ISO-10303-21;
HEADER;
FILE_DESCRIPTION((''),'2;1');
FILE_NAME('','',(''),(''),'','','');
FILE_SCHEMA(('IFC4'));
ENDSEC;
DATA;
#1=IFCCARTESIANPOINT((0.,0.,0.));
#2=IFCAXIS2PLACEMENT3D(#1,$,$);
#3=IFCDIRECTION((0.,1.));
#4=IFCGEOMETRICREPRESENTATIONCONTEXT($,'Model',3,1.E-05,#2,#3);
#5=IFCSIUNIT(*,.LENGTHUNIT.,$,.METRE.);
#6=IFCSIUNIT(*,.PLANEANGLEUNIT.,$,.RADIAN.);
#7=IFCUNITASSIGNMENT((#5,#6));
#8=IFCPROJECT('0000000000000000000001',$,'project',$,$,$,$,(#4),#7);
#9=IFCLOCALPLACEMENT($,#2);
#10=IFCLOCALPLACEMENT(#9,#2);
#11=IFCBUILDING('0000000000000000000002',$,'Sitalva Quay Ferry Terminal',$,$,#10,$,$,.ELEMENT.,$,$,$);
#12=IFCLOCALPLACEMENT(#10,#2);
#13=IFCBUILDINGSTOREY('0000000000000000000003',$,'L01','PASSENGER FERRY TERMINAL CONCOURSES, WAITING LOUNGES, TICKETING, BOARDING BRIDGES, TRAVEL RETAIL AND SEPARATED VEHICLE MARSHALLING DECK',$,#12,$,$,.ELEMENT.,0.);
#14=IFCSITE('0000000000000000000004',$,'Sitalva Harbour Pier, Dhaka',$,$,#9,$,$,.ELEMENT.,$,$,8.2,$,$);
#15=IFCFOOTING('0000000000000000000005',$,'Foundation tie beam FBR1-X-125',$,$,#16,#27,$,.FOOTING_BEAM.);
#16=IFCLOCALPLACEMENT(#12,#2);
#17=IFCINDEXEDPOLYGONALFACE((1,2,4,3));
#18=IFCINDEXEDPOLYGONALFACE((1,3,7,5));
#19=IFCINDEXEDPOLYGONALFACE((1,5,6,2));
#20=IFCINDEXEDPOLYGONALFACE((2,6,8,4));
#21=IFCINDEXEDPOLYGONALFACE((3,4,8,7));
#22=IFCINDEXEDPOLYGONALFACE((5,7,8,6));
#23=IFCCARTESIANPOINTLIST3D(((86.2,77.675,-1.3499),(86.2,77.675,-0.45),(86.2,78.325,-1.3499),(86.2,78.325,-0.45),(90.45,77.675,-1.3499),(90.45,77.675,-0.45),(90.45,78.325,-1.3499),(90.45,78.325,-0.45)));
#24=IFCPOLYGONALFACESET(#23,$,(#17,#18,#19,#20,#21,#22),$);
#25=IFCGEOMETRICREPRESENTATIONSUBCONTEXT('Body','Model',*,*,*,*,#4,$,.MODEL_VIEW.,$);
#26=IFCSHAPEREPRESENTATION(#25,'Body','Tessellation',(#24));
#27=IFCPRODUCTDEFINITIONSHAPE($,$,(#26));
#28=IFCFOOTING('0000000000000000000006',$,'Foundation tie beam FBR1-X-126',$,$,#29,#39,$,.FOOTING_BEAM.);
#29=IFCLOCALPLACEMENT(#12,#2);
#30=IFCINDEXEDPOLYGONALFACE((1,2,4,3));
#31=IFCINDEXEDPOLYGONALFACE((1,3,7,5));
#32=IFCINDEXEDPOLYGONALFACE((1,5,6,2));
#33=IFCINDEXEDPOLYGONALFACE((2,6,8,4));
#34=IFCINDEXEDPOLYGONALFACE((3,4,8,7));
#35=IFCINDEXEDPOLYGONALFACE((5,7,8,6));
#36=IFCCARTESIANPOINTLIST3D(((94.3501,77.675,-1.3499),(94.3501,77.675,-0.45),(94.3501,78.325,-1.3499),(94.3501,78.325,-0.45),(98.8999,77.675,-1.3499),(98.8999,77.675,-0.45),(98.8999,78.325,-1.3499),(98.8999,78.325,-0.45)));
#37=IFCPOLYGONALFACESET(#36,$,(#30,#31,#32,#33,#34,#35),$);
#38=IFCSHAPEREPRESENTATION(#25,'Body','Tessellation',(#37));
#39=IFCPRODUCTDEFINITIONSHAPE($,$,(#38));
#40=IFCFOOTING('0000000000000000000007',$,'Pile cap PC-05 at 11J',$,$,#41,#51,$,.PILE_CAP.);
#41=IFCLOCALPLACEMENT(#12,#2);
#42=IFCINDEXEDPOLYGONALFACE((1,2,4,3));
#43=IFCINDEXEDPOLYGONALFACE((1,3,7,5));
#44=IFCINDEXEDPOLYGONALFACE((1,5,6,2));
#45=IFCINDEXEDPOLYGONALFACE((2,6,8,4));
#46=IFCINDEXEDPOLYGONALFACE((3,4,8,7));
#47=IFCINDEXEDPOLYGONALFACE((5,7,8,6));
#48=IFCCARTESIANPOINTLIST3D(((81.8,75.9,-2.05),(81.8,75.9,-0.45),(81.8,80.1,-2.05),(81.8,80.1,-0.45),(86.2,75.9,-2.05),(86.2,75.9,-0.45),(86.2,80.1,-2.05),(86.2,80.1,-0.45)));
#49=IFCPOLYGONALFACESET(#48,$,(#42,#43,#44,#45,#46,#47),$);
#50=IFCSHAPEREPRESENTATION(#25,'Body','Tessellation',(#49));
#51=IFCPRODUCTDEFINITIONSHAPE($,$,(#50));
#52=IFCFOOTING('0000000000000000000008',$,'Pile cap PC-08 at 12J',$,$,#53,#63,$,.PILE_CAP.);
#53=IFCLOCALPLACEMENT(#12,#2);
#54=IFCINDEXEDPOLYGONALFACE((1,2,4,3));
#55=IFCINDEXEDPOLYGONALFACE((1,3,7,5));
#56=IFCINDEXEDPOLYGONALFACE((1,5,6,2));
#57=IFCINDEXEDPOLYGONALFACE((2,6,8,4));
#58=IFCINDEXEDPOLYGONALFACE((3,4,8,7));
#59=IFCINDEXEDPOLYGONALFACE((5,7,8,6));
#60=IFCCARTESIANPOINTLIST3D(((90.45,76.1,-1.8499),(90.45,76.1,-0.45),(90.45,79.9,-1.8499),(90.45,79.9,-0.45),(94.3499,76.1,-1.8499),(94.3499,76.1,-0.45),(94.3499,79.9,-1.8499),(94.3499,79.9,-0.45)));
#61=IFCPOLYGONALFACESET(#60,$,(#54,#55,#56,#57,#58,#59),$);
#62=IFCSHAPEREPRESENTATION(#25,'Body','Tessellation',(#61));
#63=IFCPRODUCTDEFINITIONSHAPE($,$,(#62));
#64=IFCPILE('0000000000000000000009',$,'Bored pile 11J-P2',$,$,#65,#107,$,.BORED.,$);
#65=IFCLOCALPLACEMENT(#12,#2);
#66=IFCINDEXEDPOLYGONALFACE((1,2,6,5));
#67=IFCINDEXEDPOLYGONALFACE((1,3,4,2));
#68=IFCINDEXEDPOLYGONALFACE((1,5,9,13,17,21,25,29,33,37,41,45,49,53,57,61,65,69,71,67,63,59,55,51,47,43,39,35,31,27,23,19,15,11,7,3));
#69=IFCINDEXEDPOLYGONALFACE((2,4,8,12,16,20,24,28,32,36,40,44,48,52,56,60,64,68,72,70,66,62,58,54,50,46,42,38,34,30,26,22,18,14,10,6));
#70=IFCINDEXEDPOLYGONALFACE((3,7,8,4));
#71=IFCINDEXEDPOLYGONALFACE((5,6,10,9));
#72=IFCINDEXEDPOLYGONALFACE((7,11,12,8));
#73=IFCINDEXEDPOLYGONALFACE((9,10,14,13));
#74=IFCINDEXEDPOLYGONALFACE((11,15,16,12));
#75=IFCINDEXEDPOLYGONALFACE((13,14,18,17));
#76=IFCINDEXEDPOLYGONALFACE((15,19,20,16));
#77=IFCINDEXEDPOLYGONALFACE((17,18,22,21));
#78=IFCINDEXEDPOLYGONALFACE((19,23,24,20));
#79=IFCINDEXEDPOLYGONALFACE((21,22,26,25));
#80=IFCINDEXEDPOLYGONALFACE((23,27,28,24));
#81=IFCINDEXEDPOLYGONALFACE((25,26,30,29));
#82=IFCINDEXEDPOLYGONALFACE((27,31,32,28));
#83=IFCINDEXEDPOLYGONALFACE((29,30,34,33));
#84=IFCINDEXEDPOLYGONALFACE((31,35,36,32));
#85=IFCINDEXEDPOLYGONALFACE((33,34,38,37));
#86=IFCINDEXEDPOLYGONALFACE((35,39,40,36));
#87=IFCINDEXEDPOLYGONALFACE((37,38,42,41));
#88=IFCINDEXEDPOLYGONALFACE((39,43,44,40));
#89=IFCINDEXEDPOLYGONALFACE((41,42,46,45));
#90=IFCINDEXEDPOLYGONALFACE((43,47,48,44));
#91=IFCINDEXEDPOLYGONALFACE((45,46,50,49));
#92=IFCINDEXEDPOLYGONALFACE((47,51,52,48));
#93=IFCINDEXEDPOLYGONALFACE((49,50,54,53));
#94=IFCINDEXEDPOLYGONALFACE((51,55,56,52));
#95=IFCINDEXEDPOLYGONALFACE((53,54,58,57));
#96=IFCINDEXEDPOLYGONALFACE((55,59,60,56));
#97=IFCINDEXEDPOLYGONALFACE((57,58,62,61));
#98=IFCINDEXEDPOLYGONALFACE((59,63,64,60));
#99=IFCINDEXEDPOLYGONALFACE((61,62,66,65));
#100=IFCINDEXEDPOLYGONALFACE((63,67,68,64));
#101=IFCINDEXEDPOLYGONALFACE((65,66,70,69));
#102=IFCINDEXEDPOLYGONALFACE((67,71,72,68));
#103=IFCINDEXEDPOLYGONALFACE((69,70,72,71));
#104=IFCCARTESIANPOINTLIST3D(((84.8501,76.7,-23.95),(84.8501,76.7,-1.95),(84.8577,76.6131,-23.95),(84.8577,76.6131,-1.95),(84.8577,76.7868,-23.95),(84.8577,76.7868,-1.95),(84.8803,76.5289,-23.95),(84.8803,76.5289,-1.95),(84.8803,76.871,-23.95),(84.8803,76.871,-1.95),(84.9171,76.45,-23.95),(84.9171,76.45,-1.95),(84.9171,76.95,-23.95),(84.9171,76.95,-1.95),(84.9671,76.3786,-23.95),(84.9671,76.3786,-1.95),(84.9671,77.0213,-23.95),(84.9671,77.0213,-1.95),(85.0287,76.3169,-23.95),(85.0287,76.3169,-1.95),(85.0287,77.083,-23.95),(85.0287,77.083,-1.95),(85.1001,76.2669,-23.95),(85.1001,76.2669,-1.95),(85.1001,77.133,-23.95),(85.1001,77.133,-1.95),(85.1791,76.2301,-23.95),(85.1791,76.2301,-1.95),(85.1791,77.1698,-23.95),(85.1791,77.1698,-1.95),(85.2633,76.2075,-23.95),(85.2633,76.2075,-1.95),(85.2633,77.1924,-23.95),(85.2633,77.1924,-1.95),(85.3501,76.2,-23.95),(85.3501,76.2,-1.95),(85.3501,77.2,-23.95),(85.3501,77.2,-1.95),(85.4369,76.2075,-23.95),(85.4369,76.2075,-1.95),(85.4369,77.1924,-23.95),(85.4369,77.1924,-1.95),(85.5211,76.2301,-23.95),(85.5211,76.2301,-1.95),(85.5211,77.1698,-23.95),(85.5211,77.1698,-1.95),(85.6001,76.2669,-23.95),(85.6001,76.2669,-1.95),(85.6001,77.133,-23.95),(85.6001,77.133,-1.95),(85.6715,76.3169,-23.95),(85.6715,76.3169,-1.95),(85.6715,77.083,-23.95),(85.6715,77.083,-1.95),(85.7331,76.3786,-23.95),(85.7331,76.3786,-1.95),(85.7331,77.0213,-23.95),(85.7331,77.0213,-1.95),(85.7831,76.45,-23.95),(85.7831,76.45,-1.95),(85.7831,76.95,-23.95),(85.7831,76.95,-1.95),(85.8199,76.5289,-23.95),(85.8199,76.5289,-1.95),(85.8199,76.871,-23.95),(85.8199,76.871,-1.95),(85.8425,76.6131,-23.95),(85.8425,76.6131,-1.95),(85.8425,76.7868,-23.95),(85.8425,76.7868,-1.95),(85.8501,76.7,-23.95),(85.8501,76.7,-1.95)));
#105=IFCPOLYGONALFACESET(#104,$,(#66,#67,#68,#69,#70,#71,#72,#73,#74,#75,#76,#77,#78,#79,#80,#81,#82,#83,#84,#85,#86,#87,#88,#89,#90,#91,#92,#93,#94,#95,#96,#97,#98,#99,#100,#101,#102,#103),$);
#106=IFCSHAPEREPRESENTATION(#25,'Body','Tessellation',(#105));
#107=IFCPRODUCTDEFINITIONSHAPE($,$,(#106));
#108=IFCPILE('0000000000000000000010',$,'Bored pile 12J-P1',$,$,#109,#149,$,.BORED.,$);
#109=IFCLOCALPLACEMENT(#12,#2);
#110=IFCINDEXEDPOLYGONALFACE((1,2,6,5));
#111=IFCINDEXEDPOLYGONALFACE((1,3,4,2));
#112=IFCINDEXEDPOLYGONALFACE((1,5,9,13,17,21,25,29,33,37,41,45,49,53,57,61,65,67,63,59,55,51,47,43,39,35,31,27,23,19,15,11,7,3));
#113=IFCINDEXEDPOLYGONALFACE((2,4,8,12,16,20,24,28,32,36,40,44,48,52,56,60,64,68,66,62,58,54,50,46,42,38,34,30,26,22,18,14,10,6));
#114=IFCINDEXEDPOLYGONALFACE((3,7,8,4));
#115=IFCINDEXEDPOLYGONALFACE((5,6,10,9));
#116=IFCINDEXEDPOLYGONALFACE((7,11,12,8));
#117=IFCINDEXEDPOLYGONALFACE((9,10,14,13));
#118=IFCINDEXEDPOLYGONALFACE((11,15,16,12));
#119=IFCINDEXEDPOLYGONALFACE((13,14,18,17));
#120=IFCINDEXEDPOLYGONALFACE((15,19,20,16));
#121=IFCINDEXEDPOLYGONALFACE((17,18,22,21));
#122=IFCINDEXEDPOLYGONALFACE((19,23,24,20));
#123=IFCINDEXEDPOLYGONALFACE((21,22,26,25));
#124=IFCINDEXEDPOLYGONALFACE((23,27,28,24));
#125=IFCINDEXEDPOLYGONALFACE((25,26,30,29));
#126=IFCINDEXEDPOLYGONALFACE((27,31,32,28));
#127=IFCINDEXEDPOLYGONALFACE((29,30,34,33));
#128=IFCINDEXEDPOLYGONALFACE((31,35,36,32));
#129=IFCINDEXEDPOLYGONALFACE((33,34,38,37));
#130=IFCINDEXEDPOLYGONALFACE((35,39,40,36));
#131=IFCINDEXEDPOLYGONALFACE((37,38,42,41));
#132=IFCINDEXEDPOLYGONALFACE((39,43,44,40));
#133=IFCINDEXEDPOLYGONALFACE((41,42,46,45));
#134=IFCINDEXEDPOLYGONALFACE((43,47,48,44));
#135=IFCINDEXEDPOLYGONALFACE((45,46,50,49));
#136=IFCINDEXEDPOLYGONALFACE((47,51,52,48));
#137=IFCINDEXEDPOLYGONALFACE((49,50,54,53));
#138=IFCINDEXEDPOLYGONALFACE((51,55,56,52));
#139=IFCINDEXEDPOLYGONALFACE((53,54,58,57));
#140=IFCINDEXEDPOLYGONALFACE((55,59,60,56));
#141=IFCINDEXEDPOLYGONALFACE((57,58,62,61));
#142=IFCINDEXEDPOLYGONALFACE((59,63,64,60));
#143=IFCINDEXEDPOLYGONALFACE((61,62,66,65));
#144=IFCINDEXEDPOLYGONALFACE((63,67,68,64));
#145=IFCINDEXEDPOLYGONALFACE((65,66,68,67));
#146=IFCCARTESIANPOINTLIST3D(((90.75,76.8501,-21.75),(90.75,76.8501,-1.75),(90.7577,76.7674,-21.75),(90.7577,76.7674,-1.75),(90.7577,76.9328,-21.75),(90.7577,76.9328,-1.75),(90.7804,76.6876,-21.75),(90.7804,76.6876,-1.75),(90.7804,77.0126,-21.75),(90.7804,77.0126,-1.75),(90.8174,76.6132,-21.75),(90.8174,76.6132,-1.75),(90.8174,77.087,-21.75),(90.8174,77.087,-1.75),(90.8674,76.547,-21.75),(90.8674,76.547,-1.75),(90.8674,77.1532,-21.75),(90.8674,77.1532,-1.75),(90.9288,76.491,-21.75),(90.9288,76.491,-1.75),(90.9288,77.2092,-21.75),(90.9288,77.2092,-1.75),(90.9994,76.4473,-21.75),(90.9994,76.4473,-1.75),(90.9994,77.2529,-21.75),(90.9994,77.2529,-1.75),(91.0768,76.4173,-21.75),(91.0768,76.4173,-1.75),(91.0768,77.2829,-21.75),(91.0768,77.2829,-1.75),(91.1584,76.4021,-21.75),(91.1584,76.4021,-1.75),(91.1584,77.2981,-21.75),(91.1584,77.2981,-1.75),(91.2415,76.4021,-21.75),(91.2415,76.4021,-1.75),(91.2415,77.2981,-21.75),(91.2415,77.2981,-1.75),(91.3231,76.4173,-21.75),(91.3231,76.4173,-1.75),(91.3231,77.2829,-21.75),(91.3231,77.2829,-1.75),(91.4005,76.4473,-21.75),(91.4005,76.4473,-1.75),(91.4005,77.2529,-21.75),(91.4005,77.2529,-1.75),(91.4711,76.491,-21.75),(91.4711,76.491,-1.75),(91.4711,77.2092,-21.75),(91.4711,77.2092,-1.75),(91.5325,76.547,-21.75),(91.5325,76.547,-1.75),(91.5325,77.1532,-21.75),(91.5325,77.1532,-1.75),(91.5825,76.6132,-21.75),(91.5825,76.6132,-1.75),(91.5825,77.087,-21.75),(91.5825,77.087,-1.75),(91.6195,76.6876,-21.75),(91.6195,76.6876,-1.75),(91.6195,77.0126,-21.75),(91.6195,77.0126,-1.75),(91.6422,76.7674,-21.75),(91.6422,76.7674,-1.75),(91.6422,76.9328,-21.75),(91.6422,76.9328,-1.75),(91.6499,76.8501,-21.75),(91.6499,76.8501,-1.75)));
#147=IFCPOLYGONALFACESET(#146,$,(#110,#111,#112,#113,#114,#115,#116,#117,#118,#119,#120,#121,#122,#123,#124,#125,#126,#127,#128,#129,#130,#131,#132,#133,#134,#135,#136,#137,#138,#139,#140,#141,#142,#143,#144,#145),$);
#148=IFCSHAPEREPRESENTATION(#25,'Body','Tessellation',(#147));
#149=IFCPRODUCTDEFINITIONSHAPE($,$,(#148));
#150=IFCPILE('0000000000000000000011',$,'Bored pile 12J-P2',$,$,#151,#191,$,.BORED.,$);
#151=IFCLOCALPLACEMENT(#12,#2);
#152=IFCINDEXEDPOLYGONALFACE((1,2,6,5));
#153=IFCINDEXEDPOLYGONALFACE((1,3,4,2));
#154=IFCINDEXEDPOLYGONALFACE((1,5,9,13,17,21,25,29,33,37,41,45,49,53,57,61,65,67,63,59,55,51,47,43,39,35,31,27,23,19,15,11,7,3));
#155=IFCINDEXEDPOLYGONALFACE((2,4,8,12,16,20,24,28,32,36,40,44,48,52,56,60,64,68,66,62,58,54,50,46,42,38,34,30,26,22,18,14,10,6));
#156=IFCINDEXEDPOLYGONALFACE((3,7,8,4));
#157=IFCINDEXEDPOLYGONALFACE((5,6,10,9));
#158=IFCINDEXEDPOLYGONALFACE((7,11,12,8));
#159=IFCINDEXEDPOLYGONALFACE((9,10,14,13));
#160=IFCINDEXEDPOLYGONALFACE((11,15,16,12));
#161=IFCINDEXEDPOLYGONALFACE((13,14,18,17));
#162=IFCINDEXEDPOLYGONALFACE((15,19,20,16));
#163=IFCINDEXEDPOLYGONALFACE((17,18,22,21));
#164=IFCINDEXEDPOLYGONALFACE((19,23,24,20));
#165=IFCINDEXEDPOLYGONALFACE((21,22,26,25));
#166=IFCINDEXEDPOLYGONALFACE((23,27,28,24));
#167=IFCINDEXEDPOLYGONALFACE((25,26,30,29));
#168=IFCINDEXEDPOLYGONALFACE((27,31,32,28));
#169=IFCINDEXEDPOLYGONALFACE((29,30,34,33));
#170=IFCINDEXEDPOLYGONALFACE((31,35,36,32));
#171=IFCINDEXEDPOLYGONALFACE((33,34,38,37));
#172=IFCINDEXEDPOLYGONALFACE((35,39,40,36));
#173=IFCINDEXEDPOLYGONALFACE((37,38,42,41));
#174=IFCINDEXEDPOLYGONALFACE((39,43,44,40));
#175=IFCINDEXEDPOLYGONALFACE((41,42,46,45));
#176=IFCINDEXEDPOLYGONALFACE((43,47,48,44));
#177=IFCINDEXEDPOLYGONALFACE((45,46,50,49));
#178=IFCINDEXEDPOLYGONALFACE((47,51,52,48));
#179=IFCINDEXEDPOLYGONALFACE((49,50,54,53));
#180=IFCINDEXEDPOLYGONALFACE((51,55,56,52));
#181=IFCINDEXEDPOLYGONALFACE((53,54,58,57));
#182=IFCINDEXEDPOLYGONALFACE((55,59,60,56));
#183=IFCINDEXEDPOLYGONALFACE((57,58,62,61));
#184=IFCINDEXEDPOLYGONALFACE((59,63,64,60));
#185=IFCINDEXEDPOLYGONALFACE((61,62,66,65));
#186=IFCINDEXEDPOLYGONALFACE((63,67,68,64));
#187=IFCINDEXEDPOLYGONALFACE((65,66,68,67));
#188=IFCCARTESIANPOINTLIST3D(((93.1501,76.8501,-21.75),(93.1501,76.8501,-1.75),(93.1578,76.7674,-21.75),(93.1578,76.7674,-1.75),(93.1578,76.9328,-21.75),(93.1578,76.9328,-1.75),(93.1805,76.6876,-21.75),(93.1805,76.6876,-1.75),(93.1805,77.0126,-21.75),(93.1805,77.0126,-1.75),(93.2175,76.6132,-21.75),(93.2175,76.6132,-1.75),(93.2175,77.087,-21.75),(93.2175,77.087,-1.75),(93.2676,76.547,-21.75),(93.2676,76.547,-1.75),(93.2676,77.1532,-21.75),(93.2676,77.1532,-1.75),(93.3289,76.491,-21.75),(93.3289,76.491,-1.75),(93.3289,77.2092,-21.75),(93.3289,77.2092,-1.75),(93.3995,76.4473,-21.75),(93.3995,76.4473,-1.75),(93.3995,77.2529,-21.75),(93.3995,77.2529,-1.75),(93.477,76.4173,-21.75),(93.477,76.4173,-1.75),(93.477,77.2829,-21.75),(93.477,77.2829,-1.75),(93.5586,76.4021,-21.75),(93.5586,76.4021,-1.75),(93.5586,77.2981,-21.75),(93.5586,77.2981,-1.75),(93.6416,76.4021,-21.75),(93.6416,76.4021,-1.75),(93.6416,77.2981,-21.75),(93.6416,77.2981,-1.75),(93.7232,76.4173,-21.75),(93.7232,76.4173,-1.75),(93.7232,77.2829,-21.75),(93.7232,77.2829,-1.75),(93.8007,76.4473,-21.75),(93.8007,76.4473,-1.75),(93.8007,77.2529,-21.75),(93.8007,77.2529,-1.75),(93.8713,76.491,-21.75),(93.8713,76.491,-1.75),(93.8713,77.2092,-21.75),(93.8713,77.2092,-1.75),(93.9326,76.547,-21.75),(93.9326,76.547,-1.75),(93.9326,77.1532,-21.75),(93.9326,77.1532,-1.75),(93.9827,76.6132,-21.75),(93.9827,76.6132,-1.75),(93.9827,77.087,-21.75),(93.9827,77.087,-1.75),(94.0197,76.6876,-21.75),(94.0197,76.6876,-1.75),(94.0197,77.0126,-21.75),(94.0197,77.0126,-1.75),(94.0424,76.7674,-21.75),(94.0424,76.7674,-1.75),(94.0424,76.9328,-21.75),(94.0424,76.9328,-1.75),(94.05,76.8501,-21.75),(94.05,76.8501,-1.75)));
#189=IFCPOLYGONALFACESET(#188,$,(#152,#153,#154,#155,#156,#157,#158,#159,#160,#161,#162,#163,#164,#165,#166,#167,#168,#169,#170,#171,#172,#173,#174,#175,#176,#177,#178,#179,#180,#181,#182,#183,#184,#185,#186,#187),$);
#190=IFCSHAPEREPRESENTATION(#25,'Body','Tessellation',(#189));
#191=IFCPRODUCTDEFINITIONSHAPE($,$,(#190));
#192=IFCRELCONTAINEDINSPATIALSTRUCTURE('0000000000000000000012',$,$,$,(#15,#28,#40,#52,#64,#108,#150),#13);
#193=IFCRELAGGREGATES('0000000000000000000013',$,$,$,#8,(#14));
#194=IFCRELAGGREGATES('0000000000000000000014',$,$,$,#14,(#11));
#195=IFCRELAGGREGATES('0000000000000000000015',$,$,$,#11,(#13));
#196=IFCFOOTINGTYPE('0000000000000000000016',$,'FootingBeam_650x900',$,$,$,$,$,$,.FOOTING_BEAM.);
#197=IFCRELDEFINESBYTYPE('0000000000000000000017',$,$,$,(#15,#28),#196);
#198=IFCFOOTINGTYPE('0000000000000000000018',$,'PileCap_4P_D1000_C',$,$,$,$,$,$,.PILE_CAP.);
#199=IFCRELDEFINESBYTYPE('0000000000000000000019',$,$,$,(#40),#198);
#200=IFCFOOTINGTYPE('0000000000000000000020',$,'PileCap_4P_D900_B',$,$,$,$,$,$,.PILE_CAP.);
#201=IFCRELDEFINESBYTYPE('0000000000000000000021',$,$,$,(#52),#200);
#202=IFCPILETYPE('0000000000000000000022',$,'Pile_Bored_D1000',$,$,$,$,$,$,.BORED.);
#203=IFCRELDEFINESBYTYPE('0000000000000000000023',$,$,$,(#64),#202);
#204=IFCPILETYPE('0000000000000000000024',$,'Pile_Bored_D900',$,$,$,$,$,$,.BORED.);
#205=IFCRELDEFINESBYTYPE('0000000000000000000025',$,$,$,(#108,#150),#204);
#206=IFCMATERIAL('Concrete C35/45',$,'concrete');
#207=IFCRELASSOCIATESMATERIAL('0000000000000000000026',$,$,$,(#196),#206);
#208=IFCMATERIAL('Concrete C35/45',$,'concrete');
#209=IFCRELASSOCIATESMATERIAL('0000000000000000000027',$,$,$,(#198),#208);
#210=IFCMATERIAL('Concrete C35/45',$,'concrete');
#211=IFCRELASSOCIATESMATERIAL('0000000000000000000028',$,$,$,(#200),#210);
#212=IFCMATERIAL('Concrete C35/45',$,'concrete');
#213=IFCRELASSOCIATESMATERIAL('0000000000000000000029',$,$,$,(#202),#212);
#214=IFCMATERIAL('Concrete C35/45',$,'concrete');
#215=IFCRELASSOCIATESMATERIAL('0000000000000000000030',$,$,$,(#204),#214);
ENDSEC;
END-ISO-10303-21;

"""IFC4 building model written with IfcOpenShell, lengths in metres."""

from ifc_helpers import new_model, si_unit, direction, frame, origin, origin_2d, place, context, subcontext, project, spatial, rectangle, circle, extrude, material, material_profile, profile_set, type_object, element, save


model = new_model("IFC4")

# Units and contexts
model_context = context("Model", 3, precision=1e-05, world=origin(), true_north=direction((0.0, 1.0)))
body_context = subcontext(model_context, "Body", "Model", "MODEL_VIEW")
ifc_project = project(units=[si_unit("LENGTHUNIT", "METRE"), si_unit("PLANEANGLEUNIT", "RADIAN")], contexts=[model_context])

# Site, building, storey
site_placement = place(None, origin())
site = spatial("IfcSite", under=ifc_project, at=site_placement, Name="Sitalva Harbour Pier, Dhaka", CompositionType="ELEMENT", RefElevation=8.2)
building_placement = place(site_placement, origin())
building = spatial("IfcBuilding", under=site, at=building_placement, Name="Sitalva Quay Ferry Terminal", CompositionType="ELEMENT")
storey_placement = place(building_placement, origin())
storey = spatial("IfcBuildingStorey", under=building, at=storey_placement, Name="L01", Description="PASSENGER FERRY TERMINAL CONCOURSES, WAITING LOUNGES, TICKETING, BOARDING BRIDGES, TRAVEL RETAIL AND SEPARATED VEHICLE MARSHALLING DECK", CompositionType="ELEMENT", Elevation=0.0)

# Footings
ifc_material_1 = material(Name="Concrete C35/45", Category="concrete")
ifc_material_profile_1 = material_profile(ifc_material_1, rectangle(XDim=0.6499, YDim=0.8999, at=origin_2d()), Name="RC650x900")
ifc_profile_set_1 = profile_set([ifc_material_profile_1], Name="Concrete C35/45")
footing_type_1 = type_object("IfcFootingType", Name="FootingBeam_650x900", PredefinedType="FOOTING_BEAM", material=ifc_profile_set_1)
footing_1_placement = place(storey_placement, frame((86.2, 78.0, -0.8999), z_axis=(1.0, 0.0, 0.0), x_axis=(0.0, 1.0, 0.0)))
element("IfcFooting", 1, at=footing_1_placement, inside=storey, type_object=footing_type_1, Name="Foundation tie beam FBR1-X-125", PredefinedType="FOOTING_BEAM", context=body_context, shape_type="SweptSolid", body=[
    extrude(rectangle(XDim=0.6499, YDim=0.8999, at=origin_2d()), origin(), (0.0, 0.0, 1.0), 4.25),
])
footing_2_placement = place(storey_placement, frame((94.3501, 78.0, -0.8999), z_axis=(1.0, 0.0, 0.0), x_axis=(0.0, 1.0, 0.0)))
element("IfcFooting", 2, at=footing_2_placement, inside=storey, type_object=footing_type_1, Name="Foundation tie beam FBR1-X-126", PredefinedType="FOOTING_BEAM", context=body_context, shape_type="SweptSolid", body=[
    extrude(rectangle(XDim=0.6499, YDim=0.8999, at=origin_2d()), origin(), (0.0, 0.0, 1.0), 4.5498),
])
ifc_material_2 = material(Name="Concrete C35/45", Category="concrete")
footing_type_2 = type_object("IfcFootingType", Name="PileCap_4P_D1000_C", PredefinedType="PILE_CAP", material=ifc_material_2)
footing_3_placement = place(storey_placement, frame((84.0, 78.0, -2.05), z_axis=(0.0, 0.0, 1.0), x_axis=(1.0, 0.0, 0.0)))
element("IfcFooting", 3, at=footing_3_placement, inside=storey, type_object=footing_type_2, Name="Pile cap PC-05 at 11J", PredefinedType="PILE_CAP", context=body_context, shape_type="SweptSolid", body=[
    extrude(rectangle(XDim=4.3999, YDim=4.2, at=origin_2d()), origin(), (0.0, 0.0, 1.0), 1.6001),
])
ifc_material_3 = material(Name="Concrete C35/45", Category="concrete")
footing_type_3 = type_object("IfcFootingType", Name="PileCap_4P_D900_B", PredefinedType="PILE_CAP", material=ifc_material_3)
footing_4_placement = place(storey_placement, frame((92.3999, 78.0, -1.8499), z_axis=(0.0, 0.0, 1.0), x_axis=(1.0, 0.0, 0.0)))
element("IfcFooting", 4, at=footing_4_placement, inside=storey, type_object=footing_type_3, Name="Pile cap PC-08 at 12J", PredefinedType="PILE_CAP", context=body_context, shape_type="SweptSolid", body=[
    extrude(rectangle(XDim=3.8999, YDim=3.8, at=origin_2d()), origin(), (0.0, 0.0, 1.0), 1.3999),
])

# Piles
ifc_material_4 = material(Name="Concrete C35/45", Category="concrete")
ifc_material_profile_2 = material_profile(ifc_material_4, circle(Radius=0.5, at=origin_2d()), Name="PILE-D1000")
ifc_profile_set_2 = profile_set([ifc_material_profile_2], Name="Concrete C35/45")
pile_type_1 = type_object("IfcPileType", Name="Pile_Bored_D1000", PredefinedType="BORED", material=ifc_profile_set_2)
pile_placement = place(storey_placement, frame((85.3501, 76.7, -1.95), z_axis=(0.0, 0.0, -1.0), x_axis=(1.0, 0.0, 0.0)))
element("IfcPile", 5, at=pile_placement, inside=storey, type_object=pile_type_1, Name="Bored pile 11J-P2", PredefinedType="BORED", context=body_context, shape_type="SweptSolid", body=[
    extrude(circle(Radius=0.5, at=origin_2d()), origin(), (0.0, 0.0, 1.0), 22.0),
])
ifc_material_5 = material(Name="Concrete C35/45", Category="concrete")
ifc_material_profile_3 = material_profile(ifc_material_5, circle(Radius=0.45, at=origin_2d()), Name="PILE-D900")
ifc_profile_set_3 = profile_set([ifc_material_profile_3], Name="Concrete C35/45")
pile_type_2 = type_object("IfcPileType", Name="Pile_Bored_D900", PredefinedType="BORED", material=ifc_profile_set_3)
for number, where, z_axis, x_axis, name in (
    (6, (91.2, 76.8501, -1.75), (0.0, 0.0, -1.0), (1.0, 0.0, 0.0), "Bored pile 12J-P1"),
    (7, (93.6001, 76.8501, -1.75), (0.0, 0.0, -1.0), (1.0, 0.0, 0.0), "Bored pile 12J-P2"),
):
    element("IfcPile", number, at=place(storey_placement, frame(where, z_axis=z_axis, x_axis=x_axis)), inside=storey, type_object=pile_type_2, Name=name, PredefinedType="BORED", context=body_context, shape_type="SweptSolid", body=[
        extrude(circle(Radius=0.45, at=origin_2d()), origin(), (0.0, 0.0, 1.0), 20.0),
    ])

save(model, "model.ifc")
